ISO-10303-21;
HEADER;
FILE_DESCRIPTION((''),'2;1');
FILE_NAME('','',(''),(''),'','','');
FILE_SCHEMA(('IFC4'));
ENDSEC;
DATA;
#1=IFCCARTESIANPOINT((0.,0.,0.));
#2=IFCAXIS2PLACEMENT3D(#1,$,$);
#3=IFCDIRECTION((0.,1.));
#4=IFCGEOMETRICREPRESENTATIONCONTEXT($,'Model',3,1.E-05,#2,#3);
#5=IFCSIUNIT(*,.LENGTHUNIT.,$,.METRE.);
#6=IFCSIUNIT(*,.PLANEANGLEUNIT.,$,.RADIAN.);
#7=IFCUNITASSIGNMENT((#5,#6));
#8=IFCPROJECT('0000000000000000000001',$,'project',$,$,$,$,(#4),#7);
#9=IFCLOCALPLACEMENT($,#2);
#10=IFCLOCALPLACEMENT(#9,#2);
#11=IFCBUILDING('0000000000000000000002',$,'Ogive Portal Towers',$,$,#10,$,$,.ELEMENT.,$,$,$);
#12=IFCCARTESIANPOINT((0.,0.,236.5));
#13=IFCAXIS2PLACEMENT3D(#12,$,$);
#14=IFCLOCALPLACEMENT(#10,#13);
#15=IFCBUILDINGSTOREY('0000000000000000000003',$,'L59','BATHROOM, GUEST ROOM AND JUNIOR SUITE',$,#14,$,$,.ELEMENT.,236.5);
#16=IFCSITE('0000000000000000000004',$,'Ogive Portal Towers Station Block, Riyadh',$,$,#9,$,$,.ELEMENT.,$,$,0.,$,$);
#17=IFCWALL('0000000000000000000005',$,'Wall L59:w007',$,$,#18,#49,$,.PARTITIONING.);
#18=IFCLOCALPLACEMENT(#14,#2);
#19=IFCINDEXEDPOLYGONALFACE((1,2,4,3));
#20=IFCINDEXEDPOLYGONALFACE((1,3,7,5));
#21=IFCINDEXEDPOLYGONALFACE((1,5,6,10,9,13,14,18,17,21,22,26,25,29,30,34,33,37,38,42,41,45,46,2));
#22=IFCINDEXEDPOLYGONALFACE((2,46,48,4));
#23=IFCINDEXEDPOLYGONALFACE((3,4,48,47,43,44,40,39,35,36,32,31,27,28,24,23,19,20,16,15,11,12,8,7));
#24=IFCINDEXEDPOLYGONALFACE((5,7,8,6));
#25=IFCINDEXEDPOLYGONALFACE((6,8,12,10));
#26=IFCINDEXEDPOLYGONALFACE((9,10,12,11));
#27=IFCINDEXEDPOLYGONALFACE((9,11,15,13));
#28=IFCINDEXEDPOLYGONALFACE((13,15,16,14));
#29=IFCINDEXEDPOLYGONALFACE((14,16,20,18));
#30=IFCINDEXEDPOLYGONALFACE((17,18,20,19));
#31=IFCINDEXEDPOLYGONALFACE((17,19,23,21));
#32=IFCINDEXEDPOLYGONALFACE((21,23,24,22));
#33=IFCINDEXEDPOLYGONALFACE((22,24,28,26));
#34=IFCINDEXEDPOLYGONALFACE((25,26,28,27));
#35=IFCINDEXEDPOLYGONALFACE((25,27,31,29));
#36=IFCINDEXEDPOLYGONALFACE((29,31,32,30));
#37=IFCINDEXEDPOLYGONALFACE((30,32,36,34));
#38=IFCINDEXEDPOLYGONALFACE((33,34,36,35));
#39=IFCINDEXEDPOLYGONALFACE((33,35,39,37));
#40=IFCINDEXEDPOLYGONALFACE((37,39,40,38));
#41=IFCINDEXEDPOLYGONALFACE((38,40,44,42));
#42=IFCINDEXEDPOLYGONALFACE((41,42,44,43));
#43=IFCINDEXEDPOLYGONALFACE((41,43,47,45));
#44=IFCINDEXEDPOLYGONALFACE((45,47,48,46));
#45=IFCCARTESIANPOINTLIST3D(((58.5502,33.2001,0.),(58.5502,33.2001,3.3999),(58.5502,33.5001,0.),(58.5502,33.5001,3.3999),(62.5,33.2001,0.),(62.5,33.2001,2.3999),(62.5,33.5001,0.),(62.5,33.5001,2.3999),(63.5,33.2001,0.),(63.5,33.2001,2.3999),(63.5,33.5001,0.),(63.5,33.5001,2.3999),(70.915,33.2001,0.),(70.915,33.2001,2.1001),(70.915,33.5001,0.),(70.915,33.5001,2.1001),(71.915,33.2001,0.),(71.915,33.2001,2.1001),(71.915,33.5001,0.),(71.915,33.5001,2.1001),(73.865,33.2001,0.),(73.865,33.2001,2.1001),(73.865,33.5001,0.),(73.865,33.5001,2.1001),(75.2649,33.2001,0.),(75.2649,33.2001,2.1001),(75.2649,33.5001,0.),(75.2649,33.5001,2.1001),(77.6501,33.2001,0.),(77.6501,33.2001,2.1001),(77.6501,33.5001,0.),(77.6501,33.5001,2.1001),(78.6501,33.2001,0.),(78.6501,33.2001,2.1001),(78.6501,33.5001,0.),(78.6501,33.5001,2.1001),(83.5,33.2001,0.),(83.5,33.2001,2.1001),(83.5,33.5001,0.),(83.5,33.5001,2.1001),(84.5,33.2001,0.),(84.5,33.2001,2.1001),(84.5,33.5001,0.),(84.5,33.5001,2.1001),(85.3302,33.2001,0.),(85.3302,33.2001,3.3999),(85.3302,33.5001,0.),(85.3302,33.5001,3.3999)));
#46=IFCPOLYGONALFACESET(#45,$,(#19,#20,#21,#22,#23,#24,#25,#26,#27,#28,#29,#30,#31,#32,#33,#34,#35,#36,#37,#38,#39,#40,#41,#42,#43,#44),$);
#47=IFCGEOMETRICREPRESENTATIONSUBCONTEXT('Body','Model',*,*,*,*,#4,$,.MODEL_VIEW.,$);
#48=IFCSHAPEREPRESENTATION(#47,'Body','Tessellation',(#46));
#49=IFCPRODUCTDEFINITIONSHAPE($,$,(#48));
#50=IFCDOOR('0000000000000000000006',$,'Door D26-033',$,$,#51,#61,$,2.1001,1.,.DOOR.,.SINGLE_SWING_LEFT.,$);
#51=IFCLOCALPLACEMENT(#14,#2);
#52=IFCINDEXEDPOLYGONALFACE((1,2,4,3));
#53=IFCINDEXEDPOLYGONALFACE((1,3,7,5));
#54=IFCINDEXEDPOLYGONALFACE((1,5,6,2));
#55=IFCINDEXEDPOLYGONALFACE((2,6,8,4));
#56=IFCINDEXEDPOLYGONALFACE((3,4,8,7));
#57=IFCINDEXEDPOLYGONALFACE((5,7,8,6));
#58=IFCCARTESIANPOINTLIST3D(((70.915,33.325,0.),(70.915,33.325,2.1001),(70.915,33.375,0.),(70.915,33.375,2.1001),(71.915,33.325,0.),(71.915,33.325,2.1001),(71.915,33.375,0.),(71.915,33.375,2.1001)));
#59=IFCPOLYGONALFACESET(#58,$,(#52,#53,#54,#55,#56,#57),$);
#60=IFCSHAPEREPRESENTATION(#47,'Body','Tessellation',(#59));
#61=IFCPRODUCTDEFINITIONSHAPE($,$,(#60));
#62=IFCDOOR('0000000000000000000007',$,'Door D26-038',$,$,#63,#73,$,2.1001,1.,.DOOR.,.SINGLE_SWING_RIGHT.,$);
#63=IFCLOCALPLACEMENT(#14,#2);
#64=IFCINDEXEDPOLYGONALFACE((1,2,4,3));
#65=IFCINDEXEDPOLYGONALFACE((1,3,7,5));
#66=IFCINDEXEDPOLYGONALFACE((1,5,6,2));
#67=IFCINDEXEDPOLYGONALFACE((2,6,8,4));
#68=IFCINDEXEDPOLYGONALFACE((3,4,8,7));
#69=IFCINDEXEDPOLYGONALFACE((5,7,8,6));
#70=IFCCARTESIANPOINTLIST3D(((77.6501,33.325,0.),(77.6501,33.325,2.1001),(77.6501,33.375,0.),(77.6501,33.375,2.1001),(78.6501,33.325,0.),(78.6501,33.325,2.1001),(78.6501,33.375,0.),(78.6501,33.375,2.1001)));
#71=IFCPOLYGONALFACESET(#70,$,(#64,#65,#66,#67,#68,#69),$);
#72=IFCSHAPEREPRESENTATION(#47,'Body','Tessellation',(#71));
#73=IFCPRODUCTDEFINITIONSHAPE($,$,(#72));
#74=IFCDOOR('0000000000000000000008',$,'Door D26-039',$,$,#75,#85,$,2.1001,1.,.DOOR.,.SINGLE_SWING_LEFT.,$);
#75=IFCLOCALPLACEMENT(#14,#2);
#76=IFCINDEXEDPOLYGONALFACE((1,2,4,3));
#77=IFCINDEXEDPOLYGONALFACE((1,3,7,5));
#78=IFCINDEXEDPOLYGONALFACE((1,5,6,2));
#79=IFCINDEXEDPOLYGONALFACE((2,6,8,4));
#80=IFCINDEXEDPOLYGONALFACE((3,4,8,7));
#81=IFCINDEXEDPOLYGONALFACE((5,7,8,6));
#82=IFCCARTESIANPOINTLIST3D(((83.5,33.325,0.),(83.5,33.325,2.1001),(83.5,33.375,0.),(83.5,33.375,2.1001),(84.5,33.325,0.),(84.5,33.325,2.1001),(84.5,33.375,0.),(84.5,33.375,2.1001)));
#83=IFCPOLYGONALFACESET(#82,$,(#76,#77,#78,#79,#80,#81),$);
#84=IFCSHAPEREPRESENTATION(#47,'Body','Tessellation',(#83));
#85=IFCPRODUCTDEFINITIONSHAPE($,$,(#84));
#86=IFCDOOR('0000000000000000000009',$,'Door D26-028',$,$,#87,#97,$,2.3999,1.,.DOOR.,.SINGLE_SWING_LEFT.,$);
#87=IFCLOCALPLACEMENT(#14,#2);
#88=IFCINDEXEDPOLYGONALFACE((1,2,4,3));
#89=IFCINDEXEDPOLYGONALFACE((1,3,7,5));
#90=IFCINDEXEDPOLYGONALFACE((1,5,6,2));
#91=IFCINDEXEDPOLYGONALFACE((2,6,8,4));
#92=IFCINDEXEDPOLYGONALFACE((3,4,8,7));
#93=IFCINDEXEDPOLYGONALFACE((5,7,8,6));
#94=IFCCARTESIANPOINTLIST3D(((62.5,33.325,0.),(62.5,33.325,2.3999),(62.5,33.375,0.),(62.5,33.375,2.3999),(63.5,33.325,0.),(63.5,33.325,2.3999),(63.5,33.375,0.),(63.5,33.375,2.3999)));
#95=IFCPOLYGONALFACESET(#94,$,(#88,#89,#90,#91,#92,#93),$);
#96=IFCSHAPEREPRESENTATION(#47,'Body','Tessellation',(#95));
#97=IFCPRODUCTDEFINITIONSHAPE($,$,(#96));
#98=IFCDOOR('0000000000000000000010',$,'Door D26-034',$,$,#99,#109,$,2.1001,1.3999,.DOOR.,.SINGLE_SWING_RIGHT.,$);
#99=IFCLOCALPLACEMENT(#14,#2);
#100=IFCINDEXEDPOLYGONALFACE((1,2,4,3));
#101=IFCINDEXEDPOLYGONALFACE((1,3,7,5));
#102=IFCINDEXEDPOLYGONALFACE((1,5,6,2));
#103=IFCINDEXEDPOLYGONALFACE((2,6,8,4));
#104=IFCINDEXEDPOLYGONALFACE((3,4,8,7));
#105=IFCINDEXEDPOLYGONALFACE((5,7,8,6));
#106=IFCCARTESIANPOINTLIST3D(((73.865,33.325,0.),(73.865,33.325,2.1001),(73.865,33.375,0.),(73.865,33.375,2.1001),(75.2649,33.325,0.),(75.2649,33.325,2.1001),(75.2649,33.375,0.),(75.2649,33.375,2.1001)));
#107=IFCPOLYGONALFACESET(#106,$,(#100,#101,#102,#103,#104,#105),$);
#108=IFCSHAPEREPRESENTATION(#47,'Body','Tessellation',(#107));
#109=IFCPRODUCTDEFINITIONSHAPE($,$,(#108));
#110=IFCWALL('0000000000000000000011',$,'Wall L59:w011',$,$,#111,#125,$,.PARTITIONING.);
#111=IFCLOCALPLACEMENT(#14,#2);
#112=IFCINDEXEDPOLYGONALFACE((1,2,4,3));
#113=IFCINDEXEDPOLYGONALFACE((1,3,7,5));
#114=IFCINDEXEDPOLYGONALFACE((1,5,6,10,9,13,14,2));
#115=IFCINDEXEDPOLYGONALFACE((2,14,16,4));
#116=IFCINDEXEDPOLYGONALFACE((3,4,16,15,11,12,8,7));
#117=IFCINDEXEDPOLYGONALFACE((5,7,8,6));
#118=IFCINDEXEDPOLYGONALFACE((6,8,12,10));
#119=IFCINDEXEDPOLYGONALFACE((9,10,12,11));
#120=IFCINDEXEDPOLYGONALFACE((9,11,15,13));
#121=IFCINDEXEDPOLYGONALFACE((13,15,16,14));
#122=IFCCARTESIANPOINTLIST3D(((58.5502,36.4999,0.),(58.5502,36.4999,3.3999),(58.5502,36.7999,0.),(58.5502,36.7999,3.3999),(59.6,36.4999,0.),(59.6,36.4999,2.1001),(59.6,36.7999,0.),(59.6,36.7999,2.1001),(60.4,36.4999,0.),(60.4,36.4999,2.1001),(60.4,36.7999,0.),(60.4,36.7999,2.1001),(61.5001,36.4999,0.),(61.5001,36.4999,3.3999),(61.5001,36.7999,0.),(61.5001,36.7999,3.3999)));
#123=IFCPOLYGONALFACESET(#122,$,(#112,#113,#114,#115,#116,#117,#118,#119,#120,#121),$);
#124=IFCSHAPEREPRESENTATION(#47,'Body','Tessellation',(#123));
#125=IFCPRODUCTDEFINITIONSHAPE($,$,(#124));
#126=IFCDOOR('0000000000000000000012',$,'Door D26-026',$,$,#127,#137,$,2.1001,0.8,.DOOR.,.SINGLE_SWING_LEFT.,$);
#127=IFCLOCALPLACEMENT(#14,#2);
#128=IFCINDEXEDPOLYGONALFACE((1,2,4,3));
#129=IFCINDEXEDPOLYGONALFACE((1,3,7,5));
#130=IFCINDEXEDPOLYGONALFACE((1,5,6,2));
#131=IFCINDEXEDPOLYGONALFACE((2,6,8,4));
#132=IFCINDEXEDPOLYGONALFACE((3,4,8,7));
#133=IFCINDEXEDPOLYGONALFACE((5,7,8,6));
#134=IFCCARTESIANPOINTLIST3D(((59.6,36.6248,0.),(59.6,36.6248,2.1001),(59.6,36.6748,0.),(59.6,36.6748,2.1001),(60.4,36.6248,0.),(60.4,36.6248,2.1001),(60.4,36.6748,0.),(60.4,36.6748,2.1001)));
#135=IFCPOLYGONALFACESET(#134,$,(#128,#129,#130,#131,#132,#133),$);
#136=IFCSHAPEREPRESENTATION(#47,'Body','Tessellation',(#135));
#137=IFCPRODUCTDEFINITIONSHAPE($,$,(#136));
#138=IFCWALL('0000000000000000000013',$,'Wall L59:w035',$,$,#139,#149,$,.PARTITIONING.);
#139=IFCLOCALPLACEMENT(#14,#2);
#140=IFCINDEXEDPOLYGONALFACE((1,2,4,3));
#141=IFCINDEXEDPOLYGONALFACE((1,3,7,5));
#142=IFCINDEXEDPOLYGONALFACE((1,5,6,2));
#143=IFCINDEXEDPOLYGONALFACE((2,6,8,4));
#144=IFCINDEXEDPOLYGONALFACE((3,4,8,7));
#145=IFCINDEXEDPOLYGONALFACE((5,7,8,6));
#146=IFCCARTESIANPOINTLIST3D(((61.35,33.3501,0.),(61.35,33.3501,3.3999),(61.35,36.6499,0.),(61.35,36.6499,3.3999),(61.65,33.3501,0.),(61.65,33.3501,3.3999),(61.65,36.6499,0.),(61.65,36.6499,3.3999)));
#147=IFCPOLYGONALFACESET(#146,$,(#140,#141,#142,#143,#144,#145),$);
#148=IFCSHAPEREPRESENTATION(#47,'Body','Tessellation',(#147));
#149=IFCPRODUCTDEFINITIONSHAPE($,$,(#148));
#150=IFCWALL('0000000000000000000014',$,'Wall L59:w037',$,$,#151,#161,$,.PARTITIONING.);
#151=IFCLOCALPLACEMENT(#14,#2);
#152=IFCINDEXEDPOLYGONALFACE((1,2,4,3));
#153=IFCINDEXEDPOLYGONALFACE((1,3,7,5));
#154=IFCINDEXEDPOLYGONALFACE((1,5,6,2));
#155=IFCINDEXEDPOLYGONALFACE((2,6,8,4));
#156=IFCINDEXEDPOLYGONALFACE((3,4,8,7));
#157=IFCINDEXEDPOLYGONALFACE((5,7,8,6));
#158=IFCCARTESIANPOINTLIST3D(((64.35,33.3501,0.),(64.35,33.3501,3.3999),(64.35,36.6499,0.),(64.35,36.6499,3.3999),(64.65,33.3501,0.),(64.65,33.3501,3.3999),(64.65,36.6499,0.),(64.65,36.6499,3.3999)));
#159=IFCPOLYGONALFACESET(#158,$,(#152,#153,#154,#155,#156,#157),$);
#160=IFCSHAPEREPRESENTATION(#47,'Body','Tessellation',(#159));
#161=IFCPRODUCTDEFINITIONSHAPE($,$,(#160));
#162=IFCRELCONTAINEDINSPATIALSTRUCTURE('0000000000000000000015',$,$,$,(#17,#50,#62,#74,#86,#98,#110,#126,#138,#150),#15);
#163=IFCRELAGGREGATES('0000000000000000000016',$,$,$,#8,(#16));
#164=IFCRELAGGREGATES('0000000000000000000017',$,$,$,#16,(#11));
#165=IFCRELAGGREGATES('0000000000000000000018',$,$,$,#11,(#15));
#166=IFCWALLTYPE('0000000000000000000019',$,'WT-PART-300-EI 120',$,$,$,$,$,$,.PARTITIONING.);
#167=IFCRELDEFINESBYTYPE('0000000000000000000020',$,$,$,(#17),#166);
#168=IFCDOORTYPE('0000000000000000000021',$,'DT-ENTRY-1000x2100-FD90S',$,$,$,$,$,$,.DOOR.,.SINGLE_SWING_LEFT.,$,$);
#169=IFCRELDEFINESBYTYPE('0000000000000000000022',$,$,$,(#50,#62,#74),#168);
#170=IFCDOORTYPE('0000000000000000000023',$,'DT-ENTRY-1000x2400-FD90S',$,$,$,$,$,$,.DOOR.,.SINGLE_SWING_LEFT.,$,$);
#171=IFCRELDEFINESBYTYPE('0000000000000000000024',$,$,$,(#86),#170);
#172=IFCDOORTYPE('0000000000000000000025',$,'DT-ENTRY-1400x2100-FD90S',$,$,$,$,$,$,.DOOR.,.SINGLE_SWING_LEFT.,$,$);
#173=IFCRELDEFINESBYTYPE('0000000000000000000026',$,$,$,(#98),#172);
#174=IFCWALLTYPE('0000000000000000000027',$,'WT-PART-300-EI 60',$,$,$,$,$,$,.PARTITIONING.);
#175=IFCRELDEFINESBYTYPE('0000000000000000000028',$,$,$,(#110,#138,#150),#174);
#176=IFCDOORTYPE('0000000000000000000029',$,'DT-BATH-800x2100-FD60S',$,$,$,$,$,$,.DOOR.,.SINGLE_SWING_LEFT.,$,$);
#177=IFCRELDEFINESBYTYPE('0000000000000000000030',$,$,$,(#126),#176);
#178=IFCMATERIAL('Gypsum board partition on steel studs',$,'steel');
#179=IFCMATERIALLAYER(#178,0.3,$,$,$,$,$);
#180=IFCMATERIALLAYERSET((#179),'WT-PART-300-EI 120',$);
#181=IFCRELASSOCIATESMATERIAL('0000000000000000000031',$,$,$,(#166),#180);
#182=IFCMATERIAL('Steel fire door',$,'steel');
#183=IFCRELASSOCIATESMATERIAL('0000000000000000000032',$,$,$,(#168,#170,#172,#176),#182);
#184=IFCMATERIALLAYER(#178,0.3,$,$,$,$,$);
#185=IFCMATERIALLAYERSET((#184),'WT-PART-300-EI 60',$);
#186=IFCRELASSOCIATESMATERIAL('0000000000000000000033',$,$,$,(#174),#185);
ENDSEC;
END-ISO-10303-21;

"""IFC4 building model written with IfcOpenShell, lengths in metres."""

from ifc_helpers import new_model, si_unit, direction, frame, frame_2d, origin, place, context, subcontext, project, spatial, rectangle, extrude, material, layer, layer_set, type_object, element, fill, save


model = new_model("IFC4")

# Units and contexts
model_context = context("Model", 3, precision=1e-05, world=origin(), true_north=direction((0.0, 1.0)))
body_context = subcontext(model_context, "Body", "Model", "MODEL_VIEW")
ifc_project = project(units=[si_unit("LENGTHUNIT", "METRE"), si_unit("PLANEANGLEUNIT", "RADIAN")], contexts=[model_context])

# Site, building, storey
site_placement = place(None, origin())
site = spatial("IfcSite", under=ifc_project, at=site_placement, Name="Ogive Portal Towers Station Block, Riyadh", CompositionType="ELEMENT", RefElevation=0.0)
building_placement = place(site_placement, origin())
building = spatial("IfcBuilding", under=site, at=building_placement, Name="Ogive Portal Towers", CompositionType="ELEMENT")
storey_placement = place(building_placement, frame((0.0, 0.0, 236.5)))
storey = spatial("IfcBuildingStorey", under=building, at=storey_placement, Name="L59", Description="BATHROOM, GUEST ROOM AND JUNIOR SUITE", CompositionType="ELEMENT", Elevation=236.5)

# Shared definitions
ifc_material_1 = material(Name="Gypsum board partition on steel studs", Category="steel")
ifc_material_2 = material(Name="Steel fire door", Category="steel")

# Wall, openings, doors
ifc_layer_1 = layer(ifc_material_1, 0.3)
ifc_layer_set_1 = layer_set([ifc_layer_1], Name="WT-PART-300-EI 120")
wall_type_1 = type_object("IfcWallType", Name="WT-PART-300-EI 120", PredefinedType="PARTITIONING", material=ifc_layer_set_1)
door_type_1 = type_object("IfcDoorType", Name="DT-ENTRY-1000x2100-FD90S", OperationType="SINGLE_SWING_LEFT", PredefinedType="DOOR", material=ifc_material_2)
door_type_2 = type_object("IfcDoorType", Name="DT-ENTRY-1000x2400-FD90S", OperationType="SINGLE_SWING_LEFT", PredefinedType="DOOR", material=ifc_material_2)
wall_1_placement = place(storey_placement, frame((58.55, 33.3501, 0.0), z_axis=(0.0, 0.0, 1.0), x_axis=(1.0, 0.0, 0.0)))
wall_1 = element("IfcWall", 1, at=wall_1_placement, inside=storey, type_object=wall_type_1, Name="Wall L59:w007", PredefinedType="PARTITIONING", context=body_context, shape_type="SweptSolid", body=[
    extrude(rectangle(XDim=26.78, YDim=0.3, at=frame_2d((13.3901, 0.0))), origin(), (0.0, 0.0, 1.0), 3.3999),
])
opening_1_placement = place(wall_1_placement, frame((3.95, 0.0, 0.0)))
opening_1 = element("IfcOpeningElement", 2, at=opening_1_placement, cuts=wall_1, PredefinedType="OPENING", context=body_context, shape_type="SweptSolid", body=[
    extrude(rectangle(XDim=1.0, YDim=2.3999, at=frame_2d((0.5, 1.2))), frame((0.0, 0.1602, 0.0), z_axis=(0.0, -1.0, 0.0), x_axis=(1.0, 0.0, 0.0)), (0.0, 0.0, 1.0), 0.3201),
])
opening_2_placement = place(wall_1_placement, frame((12.365, 0.0, 0.0)))
opening_2 = element("IfcOpeningElement", 3, at=opening_2_placement, cuts=wall_1, PredefinedType="OPENING", context=body_context, shape_type="SweptSolid", body=[
    extrude(rectangle(XDim=1.0, YDim=2.1001, at=frame_2d((0.5, 1.05))), frame((0.0, 0.1602, 0.0), z_axis=(0.0, -1.0, 0.0), x_axis=(1.0, 0.0, 0.0)), (0.0, 0.0, 1.0), 0.3201),
])
opening_3_placement = place(wall_1_placement, frame((15.3149, 0.0, 0.0)))
opening_3 = element("IfcOpeningElement", 4, at=opening_3_placement, cuts=wall_1, PredefinedType="OPENING", context=body_context, shape_type="SweptSolid", body=[
    extrude(rectangle(XDim=1.3999, YDim=2.1001, at=frame_2d((0.7, 1.05))), frame((0.0, 0.1602, 0.0), z_axis=(0.0, -1.0, 0.0), x_axis=(1.0, 0.0, 0.0)), (0.0, 0.0, 1.0), 0.3201),
])
opening_4_placement = place(wall_1_placement, frame((19.1001, 0.0, 0.0)))
opening_4 = element("IfcOpeningElement", 5, at=opening_4_placement, cuts=wall_1, PredefinedType="OPENING", context=body_context, shape_type="SweptSolid", body=[
    extrude(rectangle(XDim=1.0, YDim=2.1001, at=frame_2d((0.5, 1.05))), frame((0.0, 0.1602, 0.0), z_axis=(0.0, -1.0, 0.0), x_axis=(1.0, 0.0, 0.0)), (0.0, 0.0, 1.0), 0.3201),
])
opening_5_placement = place(wall_1_placement, frame((24.95, 0.0, 0.0)))
opening_5 = element("IfcOpeningElement", 6, at=opening_5_placement, cuts=wall_1, PredefinedType="OPENING", context=body_context, shape_type="SweptSolid", body=[
    extrude(rectangle(XDim=1.0, YDim=2.1001, at=frame_2d((0.5, 1.05))), frame((0.0, 0.1602, 0.0), z_axis=(0.0, -1.0, 0.0), x_axis=(1.0, 0.0, 0.0)), (0.0, 0.0, 1.0), 0.3201),
])
door_1_placement = place(opening_2_placement, origin())
door_1 = element("IfcDoor", 7, at=door_1_placement, inside=storey, type_object=door_type_1, Name="Door D26-033", OperationType="SINGLE_SWING_LEFT", OverallHeight=2.1001, OverallWidth=1.0, PredefinedType="DOOR", context=body_context, shape_type="SweptSolid", body=[
    extrude(rectangle(XDim=1.0, YDim=2.1001, at=frame_2d((0.5, 1.05))), frame((0.0, 0.0249, 0.0), z_axis=(0.0, -1.0, 0.0), x_axis=(1.0, 0.0, 0.0)), (0.0, 0.0, 1.0), 0.05),
])
fill(opening_2, door_1)
door_2_placement = place(opening_4_placement, origin())
door_2 = element("IfcDoor", 8, at=door_2_placement, inside=storey, type_object=door_type_1, Name="Door D26-038", OperationType="SINGLE_SWING_RIGHT", OverallHeight=2.1001, OverallWidth=1.0, PredefinedType="DOOR", context=body_context, shape_type="SweptSolid", body=[
    extrude(rectangle(XDim=1.0, YDim=2.1001, at=frame_2d((0.5, 1.05))), frame((0.0, 0.0249, 0.0), z_axis=(0.0, -1.0, 0.0), x_axis=(1.0, 0.0, 0.0)), (0.0, 0.0, 1.0), 0.05),
])
fill(opening_4, door_2)
door_3_placement = place(opening_5_placement, origin())
door_3 = element("IfcDoor", 9, at=door_3_placement, inside=storey, type_object=door_type_1, Name="Door D26-039", OperationType="SINGLE_SWING_LEFT", OverallHeight=2.1001, OverallWidth=1.0, PredefinedType="DOOR", context=body_context, shape_type="SweptSolid", body=[
    extrude(rectangle(XDim=1.0, YDim=2.1001, at=frame_2d((0.5, 1.05))), frame((0.0, 0.0249, 0.0), z_axis=(0.0, -1.0, 0.0), x_axis=(1.0, 0.0, 0.0)), (0.0, 0.0, 1.0), 0.05),
])
fill(opening_5, door_3)
door_4_placement = place(opening_1_placement, origin())
door_4 = element("IfcDoor", 10, at=door_4_placement, inside=storey, type_object=door_type_2, Name="Door D26-028", OperationType="SINGLE_SWING_LEFT", OverallHeight=2.3999, OverallWidth=1.0, PredefinedType="DOOR", context=body_context, shape_type="SweptSolid", body=[
    extrude(rectangle(XDim=1.0, YDim=2.3999, at=frame_2d((0.5, 1.2))), frame((0.0, 0.0249, 0.0), z_axis=(0.0, -1.0, 0.0), x_axis=(1.0, 0.0, 0.0)), (0.0, 0.0, 1.0), 0.05),
])
fill(opening_1, door_4)
door_type_3 = type_object("IfcDoorType", Name="DT-ENTRY-1400x2100-FD90S", OperationType="SINGLE_SWING_LEFT", PredefinedType="DOOR", material=ifc_material_2)
door_5_placement = place(opening_3_placement, origin())
door_5 = element("IfcDoor", 11, at=door_5_placement, inside=storey, type_object=door_type_3, Name="Door D26-034", OperationType="SINGLE_SWING_RIGHT", OverallHeight=2.1001, OverallWidth=1.3999, PredefinedType="DOOR", context=body_context, shape_type="SweptSolid", body=[
    extrude(rectangle(XDim=1.3999, YDim=2.1001, at=frame_2d((0.7, 1.05))), frame((0.0, 0.0249, 0.0), z_axis=(0.0, -1.0, 0.0), x_axis=(1.0, 0.0, 0.0)), (0.0, 0.0, 1.0), 0.05),
])
fill(opening_3, door_5)

# Wall, opening, door
ifc_layer_2 = layer(ifc_material_1, 0.3)
ifc_layer_set_2 = layer_set([ifc_layer_2], Name="WT-PART-300-EI 60")
wall_type_2 = type_object("IfcWallType", Name="WT-PART-300-EI 60", PredefinedType="PARTITIONING", material=ifc_layer_set_2)
wall_2_placement = place(storey_placement, frame((58.55, 36.6499, 0.0), z_axis=(0.0, 0.0, 1.0), x_axis=(1.0, 0.0, 0.0)))
wall_2 = element("IfcWall", 12, at=wall_2_placement, inside=storey, type_object=wall_type_2, Name="Wall L59:w011", PredefinedType="PARTITIONING", context=body_context, shape_type="SweptSolid", body=[
    extrude(rectangle(XDim=2.95, YDim=0.3, at=frame_2d((1.4751, 0.0))), origin(), (0.0, 0.0, 1.0), 3.3999),
])
opening_6_placement = place(wall_2_placement, frame((1.05, 0.0, 0.0)))
opening_6 = element("IfcOpeningElement", 13, at=opening_6_placement, cuts=wall_2, PredefinedType="OPENING", context=body_context, shape_type="SweptSolid", body=[
    extrude(rectangle(XDim=0.8, YDim=2.1001, at=frame_2d((0.3999, 1.05))), frame((0.0, 0.1602, 0.0), z_axis=(0.0, -1.0, 0.0), x_axis=(1.0, 0.0, 0.0)), (0.0, 0.0, 1.0), 0.3201),
])
door_type_4 = type_object("IfcDoorType", Name="DT-BATH-800x2100-FD60S", OperationType="SINGLE_SWING_LEFT", PredefinedType="DOOR", material=ifc_material_2)
door_6_placement = place(opening_6_placement, origin())
door_6 = element("IfcDoor", 14, at=door_6_placement, inside=storey, type_object=door_type_4, Name="Door D26-026", OperationType="SINGLE_SWING_LEFT", OverallHeight=2.1001, OverallWidth=0.8, PredefinedType="DOOR", context=body_context, shape_type="SweptSolid", body=[
    extrude(rectangle(XDim=0.8, YDim=2.1001, at=frame_2d((0.3999, 1.05))), frame((0.0, 0.0249, 0.0), z_axis=(0.0, -1.0, 0.0), x_axis=(1.0, 0.0, 0.0)), (0.0, 0.0, 1.0), 0.05),
])
fill(opening_6, door_6)

# Walls
for number, where, z_axis, x_axis, name in (
    (15, (61.5, 33.3501, 0.0), (0.0, 0.0, 1.0), (0.0, 1.0, 0.0), "Wall L59:w035"),
    (16, (64.5, 33.3501, 0.0), (0.0, 0.0, 1.0), (0.0, 1.0, 0.0), "Wall L59:w037"),
):
    element("IfcWall", number, at=place(storey_placement, frame(where, z_axis=z_axis, x_axis=x_axis)), inside=storey, type_object=wall_type_2, Name=name, PredefinedType="PARTITIONING", context=body_context, shape_type="SweptSolid", body=[
        extrude(rectangle(XDim=3.2998, YDim=0.3, at=frame_2d((1.6499, 0.0))), origin(), (0.0, 0.0, 1.0), 3.3999),
    ])

save(model, "model.ifc")
